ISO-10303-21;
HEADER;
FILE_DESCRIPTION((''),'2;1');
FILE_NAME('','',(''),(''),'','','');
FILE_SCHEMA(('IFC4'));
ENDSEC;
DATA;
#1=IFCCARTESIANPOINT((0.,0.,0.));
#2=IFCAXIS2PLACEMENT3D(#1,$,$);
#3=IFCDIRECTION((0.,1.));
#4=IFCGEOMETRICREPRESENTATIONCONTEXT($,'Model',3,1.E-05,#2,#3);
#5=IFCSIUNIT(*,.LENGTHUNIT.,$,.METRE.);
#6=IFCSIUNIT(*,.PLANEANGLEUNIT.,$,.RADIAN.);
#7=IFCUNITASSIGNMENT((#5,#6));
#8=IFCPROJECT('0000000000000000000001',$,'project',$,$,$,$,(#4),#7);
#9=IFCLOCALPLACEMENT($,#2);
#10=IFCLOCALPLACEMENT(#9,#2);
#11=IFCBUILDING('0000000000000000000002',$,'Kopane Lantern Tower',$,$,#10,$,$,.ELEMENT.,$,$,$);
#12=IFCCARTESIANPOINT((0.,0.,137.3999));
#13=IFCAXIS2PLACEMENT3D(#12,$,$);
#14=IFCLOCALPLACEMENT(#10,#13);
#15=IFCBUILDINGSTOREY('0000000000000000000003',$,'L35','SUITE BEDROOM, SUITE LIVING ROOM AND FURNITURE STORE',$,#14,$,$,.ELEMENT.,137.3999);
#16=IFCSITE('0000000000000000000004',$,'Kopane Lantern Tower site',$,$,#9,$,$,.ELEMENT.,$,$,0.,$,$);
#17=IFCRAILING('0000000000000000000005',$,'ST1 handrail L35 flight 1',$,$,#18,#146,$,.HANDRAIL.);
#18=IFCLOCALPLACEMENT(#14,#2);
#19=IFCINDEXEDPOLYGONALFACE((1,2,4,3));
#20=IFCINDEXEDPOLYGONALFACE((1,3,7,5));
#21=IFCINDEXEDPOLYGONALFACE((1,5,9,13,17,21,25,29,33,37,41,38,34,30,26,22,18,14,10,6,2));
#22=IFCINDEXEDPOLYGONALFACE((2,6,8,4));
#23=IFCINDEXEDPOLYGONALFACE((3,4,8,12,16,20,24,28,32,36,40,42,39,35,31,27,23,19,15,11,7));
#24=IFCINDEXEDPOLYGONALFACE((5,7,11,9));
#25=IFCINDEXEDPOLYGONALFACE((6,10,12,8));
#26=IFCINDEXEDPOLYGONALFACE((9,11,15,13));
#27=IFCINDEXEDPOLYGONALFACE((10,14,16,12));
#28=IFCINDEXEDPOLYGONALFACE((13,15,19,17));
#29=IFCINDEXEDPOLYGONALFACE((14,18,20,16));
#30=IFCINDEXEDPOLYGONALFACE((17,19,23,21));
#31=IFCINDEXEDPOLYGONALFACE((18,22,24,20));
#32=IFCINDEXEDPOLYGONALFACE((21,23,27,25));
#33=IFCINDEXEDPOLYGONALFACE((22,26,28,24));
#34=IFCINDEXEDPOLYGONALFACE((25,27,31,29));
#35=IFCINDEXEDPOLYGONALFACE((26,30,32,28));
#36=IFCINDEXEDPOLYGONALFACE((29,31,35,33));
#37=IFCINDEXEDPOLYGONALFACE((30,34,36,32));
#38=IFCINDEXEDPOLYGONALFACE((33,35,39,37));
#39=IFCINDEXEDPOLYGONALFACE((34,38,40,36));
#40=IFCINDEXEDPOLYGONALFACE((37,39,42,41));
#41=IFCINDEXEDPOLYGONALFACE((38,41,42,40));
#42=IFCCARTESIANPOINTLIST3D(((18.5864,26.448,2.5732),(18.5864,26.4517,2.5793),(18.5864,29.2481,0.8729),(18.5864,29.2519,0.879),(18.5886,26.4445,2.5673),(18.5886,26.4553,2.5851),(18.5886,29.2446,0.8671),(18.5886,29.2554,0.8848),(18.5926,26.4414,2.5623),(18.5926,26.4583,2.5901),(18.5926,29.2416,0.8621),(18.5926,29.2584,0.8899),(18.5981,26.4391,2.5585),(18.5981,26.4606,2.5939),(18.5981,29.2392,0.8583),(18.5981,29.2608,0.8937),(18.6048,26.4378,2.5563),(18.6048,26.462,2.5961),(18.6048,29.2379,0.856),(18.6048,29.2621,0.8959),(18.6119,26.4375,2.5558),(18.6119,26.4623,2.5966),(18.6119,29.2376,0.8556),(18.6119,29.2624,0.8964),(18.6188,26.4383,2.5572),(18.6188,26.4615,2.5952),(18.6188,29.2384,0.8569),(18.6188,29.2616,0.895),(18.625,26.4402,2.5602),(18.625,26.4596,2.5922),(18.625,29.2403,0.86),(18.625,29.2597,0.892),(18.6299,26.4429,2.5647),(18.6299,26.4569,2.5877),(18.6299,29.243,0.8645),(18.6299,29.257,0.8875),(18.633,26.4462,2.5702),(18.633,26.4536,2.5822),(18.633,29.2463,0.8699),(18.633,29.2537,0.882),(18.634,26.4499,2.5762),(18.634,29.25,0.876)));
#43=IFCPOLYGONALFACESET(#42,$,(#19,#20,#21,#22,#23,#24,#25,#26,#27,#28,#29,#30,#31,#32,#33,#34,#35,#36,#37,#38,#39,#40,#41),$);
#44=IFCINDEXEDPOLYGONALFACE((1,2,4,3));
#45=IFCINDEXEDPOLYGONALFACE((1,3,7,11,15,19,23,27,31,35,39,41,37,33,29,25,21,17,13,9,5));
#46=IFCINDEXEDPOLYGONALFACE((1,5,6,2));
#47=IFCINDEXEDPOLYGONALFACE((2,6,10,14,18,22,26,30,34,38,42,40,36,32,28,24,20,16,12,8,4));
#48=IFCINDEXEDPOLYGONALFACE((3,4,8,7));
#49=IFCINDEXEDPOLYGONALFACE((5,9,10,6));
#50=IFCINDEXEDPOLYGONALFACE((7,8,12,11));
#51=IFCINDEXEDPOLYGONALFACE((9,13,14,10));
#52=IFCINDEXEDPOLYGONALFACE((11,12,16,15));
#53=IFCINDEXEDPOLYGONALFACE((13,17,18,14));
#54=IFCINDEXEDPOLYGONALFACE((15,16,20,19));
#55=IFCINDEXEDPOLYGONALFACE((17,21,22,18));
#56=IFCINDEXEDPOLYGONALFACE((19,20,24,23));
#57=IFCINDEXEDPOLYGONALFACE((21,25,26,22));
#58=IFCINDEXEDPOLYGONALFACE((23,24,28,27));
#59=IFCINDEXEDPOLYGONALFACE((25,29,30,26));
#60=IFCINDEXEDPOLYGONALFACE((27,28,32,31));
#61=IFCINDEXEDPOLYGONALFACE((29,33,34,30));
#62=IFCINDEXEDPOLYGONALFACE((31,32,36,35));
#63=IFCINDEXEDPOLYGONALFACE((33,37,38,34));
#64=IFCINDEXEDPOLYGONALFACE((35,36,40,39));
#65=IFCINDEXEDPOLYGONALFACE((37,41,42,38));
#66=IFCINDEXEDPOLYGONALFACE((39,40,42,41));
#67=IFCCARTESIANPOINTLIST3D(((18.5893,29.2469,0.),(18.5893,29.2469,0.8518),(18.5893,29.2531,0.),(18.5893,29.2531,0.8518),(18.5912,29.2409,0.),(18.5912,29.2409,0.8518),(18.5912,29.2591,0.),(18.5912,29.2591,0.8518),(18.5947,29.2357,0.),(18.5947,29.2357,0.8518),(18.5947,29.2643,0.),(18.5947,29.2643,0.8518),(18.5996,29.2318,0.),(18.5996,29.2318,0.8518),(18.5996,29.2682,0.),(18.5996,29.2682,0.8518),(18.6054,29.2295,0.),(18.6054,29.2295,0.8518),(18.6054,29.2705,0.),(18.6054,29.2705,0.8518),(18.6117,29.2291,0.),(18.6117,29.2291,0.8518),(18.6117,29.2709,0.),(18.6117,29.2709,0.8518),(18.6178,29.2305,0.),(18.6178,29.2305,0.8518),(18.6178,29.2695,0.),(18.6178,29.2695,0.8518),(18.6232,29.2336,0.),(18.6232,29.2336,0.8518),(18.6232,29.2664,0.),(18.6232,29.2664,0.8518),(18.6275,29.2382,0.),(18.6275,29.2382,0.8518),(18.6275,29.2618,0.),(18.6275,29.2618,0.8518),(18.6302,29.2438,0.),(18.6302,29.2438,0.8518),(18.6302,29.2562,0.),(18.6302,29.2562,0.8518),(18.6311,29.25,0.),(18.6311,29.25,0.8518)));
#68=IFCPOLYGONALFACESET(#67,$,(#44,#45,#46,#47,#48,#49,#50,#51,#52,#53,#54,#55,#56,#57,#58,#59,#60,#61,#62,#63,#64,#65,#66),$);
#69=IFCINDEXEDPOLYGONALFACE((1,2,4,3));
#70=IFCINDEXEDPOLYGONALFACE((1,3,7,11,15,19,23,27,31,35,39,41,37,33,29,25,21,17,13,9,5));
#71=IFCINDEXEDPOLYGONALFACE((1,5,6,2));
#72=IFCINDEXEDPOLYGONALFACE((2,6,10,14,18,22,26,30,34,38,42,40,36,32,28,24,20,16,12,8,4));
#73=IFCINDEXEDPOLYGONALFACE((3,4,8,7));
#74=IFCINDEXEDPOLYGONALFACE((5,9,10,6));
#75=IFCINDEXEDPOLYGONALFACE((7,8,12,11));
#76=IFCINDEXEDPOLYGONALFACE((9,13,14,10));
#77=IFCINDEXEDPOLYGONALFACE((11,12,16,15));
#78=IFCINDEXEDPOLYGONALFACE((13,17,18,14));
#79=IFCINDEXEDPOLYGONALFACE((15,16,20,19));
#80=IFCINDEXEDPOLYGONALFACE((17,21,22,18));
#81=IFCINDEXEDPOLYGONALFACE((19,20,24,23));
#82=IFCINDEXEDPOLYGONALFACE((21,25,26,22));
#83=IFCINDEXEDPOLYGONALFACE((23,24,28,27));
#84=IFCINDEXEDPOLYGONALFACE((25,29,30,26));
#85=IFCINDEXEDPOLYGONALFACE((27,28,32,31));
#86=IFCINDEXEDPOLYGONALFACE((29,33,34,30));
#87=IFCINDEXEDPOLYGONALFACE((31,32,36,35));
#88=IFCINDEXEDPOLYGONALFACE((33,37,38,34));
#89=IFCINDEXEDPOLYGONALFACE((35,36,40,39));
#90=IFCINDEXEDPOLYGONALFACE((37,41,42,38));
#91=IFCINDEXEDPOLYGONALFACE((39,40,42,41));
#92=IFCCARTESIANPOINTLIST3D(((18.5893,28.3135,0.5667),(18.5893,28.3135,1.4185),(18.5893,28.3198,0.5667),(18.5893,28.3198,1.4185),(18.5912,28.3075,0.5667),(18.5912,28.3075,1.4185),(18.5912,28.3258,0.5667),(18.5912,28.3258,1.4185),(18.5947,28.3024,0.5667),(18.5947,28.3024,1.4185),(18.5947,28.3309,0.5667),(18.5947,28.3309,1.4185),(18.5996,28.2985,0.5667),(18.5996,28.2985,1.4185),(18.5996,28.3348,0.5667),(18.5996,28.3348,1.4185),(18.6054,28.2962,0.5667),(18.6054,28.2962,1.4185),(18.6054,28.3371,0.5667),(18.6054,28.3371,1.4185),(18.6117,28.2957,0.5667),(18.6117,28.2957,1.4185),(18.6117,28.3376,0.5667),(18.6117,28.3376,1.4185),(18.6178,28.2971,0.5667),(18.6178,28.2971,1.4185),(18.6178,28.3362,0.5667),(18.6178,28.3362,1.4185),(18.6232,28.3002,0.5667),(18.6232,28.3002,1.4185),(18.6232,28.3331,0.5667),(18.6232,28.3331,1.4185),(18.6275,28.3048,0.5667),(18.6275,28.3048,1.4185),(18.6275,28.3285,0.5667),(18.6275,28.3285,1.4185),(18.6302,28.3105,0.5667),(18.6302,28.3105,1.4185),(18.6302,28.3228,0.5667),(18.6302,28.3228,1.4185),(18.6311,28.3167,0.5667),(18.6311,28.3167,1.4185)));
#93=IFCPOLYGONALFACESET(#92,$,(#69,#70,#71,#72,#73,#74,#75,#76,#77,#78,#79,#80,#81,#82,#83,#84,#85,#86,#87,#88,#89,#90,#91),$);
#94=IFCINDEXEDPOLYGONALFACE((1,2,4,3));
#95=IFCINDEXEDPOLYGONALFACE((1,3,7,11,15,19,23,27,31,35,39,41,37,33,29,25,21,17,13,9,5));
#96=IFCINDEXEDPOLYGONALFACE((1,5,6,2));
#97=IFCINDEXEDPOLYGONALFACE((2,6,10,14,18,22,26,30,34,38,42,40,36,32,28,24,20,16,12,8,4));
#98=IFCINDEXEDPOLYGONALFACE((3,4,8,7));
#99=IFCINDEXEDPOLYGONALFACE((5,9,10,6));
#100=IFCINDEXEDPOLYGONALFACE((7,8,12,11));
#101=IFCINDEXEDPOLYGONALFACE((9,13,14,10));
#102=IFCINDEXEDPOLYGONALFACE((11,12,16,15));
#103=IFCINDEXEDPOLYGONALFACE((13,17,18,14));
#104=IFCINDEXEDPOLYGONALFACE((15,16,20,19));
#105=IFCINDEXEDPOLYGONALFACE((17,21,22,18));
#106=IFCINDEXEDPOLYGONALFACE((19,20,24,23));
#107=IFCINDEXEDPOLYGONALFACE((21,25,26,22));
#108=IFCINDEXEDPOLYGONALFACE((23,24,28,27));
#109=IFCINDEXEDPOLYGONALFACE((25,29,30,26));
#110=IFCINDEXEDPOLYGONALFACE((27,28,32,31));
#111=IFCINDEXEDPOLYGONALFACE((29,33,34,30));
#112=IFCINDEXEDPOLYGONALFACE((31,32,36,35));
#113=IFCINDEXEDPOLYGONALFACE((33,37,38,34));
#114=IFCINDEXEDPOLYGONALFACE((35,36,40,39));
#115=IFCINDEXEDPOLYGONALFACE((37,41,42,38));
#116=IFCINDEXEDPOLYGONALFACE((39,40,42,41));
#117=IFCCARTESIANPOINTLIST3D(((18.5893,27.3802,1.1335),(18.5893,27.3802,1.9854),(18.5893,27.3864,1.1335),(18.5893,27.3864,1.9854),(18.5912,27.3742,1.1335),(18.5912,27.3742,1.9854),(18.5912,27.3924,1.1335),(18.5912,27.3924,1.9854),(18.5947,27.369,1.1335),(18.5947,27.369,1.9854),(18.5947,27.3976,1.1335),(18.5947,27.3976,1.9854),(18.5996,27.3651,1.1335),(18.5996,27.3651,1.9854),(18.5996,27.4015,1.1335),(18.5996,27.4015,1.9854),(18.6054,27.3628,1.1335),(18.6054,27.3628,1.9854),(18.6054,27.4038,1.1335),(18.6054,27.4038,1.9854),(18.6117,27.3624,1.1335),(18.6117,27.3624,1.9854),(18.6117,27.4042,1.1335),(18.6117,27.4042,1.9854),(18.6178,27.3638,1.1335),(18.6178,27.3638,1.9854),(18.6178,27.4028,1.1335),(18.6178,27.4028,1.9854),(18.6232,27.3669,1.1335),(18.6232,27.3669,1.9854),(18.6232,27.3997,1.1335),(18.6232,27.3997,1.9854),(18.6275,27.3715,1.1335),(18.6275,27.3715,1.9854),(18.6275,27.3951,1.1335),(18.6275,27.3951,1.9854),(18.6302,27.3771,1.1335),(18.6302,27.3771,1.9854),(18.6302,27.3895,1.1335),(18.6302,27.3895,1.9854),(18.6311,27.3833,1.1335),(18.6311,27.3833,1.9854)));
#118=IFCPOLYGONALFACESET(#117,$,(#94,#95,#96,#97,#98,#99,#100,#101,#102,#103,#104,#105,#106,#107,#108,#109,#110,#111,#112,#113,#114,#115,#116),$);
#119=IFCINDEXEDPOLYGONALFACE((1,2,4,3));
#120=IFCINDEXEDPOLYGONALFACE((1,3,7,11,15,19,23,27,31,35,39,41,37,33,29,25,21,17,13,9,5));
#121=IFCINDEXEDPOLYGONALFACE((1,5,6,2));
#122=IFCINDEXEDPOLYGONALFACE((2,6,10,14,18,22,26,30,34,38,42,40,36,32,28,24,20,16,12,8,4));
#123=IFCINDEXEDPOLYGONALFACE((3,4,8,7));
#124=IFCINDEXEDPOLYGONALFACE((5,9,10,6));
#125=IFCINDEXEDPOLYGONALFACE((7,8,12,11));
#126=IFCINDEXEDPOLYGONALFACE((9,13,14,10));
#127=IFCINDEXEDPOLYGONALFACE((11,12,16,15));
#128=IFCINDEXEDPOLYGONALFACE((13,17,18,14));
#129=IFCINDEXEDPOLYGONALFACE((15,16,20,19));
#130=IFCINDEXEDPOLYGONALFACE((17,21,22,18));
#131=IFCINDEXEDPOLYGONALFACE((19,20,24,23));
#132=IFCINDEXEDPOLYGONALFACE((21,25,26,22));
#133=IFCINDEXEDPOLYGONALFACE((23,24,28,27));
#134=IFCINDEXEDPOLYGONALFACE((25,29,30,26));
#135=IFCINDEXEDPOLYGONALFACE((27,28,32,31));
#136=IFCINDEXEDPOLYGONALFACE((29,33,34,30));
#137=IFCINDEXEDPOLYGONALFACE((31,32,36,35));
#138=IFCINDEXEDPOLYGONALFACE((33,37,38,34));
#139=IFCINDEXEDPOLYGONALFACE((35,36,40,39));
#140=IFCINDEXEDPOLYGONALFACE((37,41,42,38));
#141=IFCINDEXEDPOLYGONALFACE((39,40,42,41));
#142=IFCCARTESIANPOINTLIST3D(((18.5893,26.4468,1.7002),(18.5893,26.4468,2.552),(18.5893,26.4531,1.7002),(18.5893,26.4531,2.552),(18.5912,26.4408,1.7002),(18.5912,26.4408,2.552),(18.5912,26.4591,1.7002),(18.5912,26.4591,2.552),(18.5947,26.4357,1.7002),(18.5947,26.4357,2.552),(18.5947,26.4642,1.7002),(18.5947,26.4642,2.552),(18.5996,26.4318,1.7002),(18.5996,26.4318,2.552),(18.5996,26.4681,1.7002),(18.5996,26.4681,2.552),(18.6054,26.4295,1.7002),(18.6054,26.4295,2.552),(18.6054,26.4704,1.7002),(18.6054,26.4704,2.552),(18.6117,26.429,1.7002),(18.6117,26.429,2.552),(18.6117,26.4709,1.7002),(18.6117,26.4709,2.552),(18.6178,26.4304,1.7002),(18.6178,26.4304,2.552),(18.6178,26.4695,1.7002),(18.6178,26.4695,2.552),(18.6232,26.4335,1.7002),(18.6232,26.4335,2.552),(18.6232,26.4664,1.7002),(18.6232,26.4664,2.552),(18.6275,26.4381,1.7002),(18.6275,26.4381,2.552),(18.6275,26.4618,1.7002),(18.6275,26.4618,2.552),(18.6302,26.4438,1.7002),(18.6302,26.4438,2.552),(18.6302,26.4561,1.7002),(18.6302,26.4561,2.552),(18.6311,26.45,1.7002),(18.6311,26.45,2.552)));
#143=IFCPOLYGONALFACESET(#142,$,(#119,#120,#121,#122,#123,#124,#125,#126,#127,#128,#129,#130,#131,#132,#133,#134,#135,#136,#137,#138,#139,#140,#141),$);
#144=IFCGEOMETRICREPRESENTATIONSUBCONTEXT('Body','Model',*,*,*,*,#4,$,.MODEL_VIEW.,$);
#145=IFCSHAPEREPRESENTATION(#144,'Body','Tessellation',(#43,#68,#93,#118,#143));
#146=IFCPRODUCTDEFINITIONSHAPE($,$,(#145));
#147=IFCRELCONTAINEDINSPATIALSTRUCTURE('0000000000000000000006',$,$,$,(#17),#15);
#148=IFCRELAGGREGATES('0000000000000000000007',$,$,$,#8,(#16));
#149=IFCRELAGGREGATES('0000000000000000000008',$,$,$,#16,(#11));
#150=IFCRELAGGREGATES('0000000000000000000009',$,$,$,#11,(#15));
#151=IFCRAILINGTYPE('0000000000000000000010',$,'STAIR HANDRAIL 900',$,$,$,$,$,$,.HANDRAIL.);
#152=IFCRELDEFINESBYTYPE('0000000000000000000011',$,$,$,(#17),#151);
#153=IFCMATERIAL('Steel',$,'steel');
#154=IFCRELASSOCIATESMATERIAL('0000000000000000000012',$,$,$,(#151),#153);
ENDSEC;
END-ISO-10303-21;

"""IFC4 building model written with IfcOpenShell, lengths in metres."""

from ifc_helpers import new_model, si_unit, direction, frame, origin, origin_2d, place, context, subcontext, project, spatial, circle, extrude, material, type_object, element, save


model = new_model("IFC4")

# Units and contexts
model_context = context("Model", 3, precision=1e-05, world=origin(), true_north=direction((0.0, 1.0)))
body_context = subcontext(model_context, "Body", "Model", "MODEL_VIEW")
ifc_project = project(units=[si_unit("LENGTHUNIT", "METRE"), si_unit("PLANEANGLEUNIT", "RADIAN")], contexts=[model_context])

# Site, building, storey
site_placement = place(None, origin())
site = spatial("IfcSite", under=ifc_project, at=site_placement, Name="Kopane Lantern Tower site", CompositionType="ELEMENT", RefElevation=0.0)
building_placement = place(site_placement, origin())
building = spatial("IfcBuilding", under=site, at=building_placement, Name="Kopane Lantern Tower", CompositionType="ELEMENT")
storey_placement = place(building_placement, frame((0.0, 0.0, 137.3999)))
storey = spatial("IfcBuildingStorey", under=building, at=storey_placement, Name="L35", Description="SUITE BEDROOM, SUITE LIVING ROOM AND FURNITURE STORE", CompositionType="ELEMENT", Elevation=137.3999)

# Railing
ifc_material_1 = material(Name="Steel", Category="steel")
railing_type_1 = type_object("IfcRailingType", Name="STAIR HANDRAIL 900", PredefinedType="HANDRAIL", material=ifc_material_1)
for number, where, name in (
    (1, (18.6101, 29.25, 0.0), "ST1 handrail L35 flight 1"),
):
    element("IfcRailing", number, at=place(storey_placement, frame(where)), inside=storey, type_object=railing_type_1, Name=name, PredefinedType="HANDRAIL", context=body_context, shape_type="SweptSolid", body=[
        extrude(circle(Radius=0.0239, at=origin_2d()), frame((0.0, 0.0, 0.876), z_axis=(0.0, -0.854765, 0.519015), x_axis=(1.0, 0.0, 0.0)), (0.0, 0.0, 1.0), 3.2759),
        extrude(circle(Radius=0.021, at=origin_2d()), origin(), (0.0, 0.0, 1.0), 0.8518),
        extrude(circle(Radius=0.021, at=origin_2d()), frame((0.0, -0.9333, 0.5667)), (0.0, 0.0, 1.0), 0.8518),
        extrude(circle(Radius=0.021, at=origin_2d()), frame((0.0, -1.8667, 1.1335)), (0.0, 0.0, 1.0), 0.8518),
        extrude(circle(Radius=0.021, at=origin_2d()), frame((0.0, -2.8, 1.7002)), (0.0, 0.0, 1.0), 0.8518),
    ])

save(model, "model.ifc")
